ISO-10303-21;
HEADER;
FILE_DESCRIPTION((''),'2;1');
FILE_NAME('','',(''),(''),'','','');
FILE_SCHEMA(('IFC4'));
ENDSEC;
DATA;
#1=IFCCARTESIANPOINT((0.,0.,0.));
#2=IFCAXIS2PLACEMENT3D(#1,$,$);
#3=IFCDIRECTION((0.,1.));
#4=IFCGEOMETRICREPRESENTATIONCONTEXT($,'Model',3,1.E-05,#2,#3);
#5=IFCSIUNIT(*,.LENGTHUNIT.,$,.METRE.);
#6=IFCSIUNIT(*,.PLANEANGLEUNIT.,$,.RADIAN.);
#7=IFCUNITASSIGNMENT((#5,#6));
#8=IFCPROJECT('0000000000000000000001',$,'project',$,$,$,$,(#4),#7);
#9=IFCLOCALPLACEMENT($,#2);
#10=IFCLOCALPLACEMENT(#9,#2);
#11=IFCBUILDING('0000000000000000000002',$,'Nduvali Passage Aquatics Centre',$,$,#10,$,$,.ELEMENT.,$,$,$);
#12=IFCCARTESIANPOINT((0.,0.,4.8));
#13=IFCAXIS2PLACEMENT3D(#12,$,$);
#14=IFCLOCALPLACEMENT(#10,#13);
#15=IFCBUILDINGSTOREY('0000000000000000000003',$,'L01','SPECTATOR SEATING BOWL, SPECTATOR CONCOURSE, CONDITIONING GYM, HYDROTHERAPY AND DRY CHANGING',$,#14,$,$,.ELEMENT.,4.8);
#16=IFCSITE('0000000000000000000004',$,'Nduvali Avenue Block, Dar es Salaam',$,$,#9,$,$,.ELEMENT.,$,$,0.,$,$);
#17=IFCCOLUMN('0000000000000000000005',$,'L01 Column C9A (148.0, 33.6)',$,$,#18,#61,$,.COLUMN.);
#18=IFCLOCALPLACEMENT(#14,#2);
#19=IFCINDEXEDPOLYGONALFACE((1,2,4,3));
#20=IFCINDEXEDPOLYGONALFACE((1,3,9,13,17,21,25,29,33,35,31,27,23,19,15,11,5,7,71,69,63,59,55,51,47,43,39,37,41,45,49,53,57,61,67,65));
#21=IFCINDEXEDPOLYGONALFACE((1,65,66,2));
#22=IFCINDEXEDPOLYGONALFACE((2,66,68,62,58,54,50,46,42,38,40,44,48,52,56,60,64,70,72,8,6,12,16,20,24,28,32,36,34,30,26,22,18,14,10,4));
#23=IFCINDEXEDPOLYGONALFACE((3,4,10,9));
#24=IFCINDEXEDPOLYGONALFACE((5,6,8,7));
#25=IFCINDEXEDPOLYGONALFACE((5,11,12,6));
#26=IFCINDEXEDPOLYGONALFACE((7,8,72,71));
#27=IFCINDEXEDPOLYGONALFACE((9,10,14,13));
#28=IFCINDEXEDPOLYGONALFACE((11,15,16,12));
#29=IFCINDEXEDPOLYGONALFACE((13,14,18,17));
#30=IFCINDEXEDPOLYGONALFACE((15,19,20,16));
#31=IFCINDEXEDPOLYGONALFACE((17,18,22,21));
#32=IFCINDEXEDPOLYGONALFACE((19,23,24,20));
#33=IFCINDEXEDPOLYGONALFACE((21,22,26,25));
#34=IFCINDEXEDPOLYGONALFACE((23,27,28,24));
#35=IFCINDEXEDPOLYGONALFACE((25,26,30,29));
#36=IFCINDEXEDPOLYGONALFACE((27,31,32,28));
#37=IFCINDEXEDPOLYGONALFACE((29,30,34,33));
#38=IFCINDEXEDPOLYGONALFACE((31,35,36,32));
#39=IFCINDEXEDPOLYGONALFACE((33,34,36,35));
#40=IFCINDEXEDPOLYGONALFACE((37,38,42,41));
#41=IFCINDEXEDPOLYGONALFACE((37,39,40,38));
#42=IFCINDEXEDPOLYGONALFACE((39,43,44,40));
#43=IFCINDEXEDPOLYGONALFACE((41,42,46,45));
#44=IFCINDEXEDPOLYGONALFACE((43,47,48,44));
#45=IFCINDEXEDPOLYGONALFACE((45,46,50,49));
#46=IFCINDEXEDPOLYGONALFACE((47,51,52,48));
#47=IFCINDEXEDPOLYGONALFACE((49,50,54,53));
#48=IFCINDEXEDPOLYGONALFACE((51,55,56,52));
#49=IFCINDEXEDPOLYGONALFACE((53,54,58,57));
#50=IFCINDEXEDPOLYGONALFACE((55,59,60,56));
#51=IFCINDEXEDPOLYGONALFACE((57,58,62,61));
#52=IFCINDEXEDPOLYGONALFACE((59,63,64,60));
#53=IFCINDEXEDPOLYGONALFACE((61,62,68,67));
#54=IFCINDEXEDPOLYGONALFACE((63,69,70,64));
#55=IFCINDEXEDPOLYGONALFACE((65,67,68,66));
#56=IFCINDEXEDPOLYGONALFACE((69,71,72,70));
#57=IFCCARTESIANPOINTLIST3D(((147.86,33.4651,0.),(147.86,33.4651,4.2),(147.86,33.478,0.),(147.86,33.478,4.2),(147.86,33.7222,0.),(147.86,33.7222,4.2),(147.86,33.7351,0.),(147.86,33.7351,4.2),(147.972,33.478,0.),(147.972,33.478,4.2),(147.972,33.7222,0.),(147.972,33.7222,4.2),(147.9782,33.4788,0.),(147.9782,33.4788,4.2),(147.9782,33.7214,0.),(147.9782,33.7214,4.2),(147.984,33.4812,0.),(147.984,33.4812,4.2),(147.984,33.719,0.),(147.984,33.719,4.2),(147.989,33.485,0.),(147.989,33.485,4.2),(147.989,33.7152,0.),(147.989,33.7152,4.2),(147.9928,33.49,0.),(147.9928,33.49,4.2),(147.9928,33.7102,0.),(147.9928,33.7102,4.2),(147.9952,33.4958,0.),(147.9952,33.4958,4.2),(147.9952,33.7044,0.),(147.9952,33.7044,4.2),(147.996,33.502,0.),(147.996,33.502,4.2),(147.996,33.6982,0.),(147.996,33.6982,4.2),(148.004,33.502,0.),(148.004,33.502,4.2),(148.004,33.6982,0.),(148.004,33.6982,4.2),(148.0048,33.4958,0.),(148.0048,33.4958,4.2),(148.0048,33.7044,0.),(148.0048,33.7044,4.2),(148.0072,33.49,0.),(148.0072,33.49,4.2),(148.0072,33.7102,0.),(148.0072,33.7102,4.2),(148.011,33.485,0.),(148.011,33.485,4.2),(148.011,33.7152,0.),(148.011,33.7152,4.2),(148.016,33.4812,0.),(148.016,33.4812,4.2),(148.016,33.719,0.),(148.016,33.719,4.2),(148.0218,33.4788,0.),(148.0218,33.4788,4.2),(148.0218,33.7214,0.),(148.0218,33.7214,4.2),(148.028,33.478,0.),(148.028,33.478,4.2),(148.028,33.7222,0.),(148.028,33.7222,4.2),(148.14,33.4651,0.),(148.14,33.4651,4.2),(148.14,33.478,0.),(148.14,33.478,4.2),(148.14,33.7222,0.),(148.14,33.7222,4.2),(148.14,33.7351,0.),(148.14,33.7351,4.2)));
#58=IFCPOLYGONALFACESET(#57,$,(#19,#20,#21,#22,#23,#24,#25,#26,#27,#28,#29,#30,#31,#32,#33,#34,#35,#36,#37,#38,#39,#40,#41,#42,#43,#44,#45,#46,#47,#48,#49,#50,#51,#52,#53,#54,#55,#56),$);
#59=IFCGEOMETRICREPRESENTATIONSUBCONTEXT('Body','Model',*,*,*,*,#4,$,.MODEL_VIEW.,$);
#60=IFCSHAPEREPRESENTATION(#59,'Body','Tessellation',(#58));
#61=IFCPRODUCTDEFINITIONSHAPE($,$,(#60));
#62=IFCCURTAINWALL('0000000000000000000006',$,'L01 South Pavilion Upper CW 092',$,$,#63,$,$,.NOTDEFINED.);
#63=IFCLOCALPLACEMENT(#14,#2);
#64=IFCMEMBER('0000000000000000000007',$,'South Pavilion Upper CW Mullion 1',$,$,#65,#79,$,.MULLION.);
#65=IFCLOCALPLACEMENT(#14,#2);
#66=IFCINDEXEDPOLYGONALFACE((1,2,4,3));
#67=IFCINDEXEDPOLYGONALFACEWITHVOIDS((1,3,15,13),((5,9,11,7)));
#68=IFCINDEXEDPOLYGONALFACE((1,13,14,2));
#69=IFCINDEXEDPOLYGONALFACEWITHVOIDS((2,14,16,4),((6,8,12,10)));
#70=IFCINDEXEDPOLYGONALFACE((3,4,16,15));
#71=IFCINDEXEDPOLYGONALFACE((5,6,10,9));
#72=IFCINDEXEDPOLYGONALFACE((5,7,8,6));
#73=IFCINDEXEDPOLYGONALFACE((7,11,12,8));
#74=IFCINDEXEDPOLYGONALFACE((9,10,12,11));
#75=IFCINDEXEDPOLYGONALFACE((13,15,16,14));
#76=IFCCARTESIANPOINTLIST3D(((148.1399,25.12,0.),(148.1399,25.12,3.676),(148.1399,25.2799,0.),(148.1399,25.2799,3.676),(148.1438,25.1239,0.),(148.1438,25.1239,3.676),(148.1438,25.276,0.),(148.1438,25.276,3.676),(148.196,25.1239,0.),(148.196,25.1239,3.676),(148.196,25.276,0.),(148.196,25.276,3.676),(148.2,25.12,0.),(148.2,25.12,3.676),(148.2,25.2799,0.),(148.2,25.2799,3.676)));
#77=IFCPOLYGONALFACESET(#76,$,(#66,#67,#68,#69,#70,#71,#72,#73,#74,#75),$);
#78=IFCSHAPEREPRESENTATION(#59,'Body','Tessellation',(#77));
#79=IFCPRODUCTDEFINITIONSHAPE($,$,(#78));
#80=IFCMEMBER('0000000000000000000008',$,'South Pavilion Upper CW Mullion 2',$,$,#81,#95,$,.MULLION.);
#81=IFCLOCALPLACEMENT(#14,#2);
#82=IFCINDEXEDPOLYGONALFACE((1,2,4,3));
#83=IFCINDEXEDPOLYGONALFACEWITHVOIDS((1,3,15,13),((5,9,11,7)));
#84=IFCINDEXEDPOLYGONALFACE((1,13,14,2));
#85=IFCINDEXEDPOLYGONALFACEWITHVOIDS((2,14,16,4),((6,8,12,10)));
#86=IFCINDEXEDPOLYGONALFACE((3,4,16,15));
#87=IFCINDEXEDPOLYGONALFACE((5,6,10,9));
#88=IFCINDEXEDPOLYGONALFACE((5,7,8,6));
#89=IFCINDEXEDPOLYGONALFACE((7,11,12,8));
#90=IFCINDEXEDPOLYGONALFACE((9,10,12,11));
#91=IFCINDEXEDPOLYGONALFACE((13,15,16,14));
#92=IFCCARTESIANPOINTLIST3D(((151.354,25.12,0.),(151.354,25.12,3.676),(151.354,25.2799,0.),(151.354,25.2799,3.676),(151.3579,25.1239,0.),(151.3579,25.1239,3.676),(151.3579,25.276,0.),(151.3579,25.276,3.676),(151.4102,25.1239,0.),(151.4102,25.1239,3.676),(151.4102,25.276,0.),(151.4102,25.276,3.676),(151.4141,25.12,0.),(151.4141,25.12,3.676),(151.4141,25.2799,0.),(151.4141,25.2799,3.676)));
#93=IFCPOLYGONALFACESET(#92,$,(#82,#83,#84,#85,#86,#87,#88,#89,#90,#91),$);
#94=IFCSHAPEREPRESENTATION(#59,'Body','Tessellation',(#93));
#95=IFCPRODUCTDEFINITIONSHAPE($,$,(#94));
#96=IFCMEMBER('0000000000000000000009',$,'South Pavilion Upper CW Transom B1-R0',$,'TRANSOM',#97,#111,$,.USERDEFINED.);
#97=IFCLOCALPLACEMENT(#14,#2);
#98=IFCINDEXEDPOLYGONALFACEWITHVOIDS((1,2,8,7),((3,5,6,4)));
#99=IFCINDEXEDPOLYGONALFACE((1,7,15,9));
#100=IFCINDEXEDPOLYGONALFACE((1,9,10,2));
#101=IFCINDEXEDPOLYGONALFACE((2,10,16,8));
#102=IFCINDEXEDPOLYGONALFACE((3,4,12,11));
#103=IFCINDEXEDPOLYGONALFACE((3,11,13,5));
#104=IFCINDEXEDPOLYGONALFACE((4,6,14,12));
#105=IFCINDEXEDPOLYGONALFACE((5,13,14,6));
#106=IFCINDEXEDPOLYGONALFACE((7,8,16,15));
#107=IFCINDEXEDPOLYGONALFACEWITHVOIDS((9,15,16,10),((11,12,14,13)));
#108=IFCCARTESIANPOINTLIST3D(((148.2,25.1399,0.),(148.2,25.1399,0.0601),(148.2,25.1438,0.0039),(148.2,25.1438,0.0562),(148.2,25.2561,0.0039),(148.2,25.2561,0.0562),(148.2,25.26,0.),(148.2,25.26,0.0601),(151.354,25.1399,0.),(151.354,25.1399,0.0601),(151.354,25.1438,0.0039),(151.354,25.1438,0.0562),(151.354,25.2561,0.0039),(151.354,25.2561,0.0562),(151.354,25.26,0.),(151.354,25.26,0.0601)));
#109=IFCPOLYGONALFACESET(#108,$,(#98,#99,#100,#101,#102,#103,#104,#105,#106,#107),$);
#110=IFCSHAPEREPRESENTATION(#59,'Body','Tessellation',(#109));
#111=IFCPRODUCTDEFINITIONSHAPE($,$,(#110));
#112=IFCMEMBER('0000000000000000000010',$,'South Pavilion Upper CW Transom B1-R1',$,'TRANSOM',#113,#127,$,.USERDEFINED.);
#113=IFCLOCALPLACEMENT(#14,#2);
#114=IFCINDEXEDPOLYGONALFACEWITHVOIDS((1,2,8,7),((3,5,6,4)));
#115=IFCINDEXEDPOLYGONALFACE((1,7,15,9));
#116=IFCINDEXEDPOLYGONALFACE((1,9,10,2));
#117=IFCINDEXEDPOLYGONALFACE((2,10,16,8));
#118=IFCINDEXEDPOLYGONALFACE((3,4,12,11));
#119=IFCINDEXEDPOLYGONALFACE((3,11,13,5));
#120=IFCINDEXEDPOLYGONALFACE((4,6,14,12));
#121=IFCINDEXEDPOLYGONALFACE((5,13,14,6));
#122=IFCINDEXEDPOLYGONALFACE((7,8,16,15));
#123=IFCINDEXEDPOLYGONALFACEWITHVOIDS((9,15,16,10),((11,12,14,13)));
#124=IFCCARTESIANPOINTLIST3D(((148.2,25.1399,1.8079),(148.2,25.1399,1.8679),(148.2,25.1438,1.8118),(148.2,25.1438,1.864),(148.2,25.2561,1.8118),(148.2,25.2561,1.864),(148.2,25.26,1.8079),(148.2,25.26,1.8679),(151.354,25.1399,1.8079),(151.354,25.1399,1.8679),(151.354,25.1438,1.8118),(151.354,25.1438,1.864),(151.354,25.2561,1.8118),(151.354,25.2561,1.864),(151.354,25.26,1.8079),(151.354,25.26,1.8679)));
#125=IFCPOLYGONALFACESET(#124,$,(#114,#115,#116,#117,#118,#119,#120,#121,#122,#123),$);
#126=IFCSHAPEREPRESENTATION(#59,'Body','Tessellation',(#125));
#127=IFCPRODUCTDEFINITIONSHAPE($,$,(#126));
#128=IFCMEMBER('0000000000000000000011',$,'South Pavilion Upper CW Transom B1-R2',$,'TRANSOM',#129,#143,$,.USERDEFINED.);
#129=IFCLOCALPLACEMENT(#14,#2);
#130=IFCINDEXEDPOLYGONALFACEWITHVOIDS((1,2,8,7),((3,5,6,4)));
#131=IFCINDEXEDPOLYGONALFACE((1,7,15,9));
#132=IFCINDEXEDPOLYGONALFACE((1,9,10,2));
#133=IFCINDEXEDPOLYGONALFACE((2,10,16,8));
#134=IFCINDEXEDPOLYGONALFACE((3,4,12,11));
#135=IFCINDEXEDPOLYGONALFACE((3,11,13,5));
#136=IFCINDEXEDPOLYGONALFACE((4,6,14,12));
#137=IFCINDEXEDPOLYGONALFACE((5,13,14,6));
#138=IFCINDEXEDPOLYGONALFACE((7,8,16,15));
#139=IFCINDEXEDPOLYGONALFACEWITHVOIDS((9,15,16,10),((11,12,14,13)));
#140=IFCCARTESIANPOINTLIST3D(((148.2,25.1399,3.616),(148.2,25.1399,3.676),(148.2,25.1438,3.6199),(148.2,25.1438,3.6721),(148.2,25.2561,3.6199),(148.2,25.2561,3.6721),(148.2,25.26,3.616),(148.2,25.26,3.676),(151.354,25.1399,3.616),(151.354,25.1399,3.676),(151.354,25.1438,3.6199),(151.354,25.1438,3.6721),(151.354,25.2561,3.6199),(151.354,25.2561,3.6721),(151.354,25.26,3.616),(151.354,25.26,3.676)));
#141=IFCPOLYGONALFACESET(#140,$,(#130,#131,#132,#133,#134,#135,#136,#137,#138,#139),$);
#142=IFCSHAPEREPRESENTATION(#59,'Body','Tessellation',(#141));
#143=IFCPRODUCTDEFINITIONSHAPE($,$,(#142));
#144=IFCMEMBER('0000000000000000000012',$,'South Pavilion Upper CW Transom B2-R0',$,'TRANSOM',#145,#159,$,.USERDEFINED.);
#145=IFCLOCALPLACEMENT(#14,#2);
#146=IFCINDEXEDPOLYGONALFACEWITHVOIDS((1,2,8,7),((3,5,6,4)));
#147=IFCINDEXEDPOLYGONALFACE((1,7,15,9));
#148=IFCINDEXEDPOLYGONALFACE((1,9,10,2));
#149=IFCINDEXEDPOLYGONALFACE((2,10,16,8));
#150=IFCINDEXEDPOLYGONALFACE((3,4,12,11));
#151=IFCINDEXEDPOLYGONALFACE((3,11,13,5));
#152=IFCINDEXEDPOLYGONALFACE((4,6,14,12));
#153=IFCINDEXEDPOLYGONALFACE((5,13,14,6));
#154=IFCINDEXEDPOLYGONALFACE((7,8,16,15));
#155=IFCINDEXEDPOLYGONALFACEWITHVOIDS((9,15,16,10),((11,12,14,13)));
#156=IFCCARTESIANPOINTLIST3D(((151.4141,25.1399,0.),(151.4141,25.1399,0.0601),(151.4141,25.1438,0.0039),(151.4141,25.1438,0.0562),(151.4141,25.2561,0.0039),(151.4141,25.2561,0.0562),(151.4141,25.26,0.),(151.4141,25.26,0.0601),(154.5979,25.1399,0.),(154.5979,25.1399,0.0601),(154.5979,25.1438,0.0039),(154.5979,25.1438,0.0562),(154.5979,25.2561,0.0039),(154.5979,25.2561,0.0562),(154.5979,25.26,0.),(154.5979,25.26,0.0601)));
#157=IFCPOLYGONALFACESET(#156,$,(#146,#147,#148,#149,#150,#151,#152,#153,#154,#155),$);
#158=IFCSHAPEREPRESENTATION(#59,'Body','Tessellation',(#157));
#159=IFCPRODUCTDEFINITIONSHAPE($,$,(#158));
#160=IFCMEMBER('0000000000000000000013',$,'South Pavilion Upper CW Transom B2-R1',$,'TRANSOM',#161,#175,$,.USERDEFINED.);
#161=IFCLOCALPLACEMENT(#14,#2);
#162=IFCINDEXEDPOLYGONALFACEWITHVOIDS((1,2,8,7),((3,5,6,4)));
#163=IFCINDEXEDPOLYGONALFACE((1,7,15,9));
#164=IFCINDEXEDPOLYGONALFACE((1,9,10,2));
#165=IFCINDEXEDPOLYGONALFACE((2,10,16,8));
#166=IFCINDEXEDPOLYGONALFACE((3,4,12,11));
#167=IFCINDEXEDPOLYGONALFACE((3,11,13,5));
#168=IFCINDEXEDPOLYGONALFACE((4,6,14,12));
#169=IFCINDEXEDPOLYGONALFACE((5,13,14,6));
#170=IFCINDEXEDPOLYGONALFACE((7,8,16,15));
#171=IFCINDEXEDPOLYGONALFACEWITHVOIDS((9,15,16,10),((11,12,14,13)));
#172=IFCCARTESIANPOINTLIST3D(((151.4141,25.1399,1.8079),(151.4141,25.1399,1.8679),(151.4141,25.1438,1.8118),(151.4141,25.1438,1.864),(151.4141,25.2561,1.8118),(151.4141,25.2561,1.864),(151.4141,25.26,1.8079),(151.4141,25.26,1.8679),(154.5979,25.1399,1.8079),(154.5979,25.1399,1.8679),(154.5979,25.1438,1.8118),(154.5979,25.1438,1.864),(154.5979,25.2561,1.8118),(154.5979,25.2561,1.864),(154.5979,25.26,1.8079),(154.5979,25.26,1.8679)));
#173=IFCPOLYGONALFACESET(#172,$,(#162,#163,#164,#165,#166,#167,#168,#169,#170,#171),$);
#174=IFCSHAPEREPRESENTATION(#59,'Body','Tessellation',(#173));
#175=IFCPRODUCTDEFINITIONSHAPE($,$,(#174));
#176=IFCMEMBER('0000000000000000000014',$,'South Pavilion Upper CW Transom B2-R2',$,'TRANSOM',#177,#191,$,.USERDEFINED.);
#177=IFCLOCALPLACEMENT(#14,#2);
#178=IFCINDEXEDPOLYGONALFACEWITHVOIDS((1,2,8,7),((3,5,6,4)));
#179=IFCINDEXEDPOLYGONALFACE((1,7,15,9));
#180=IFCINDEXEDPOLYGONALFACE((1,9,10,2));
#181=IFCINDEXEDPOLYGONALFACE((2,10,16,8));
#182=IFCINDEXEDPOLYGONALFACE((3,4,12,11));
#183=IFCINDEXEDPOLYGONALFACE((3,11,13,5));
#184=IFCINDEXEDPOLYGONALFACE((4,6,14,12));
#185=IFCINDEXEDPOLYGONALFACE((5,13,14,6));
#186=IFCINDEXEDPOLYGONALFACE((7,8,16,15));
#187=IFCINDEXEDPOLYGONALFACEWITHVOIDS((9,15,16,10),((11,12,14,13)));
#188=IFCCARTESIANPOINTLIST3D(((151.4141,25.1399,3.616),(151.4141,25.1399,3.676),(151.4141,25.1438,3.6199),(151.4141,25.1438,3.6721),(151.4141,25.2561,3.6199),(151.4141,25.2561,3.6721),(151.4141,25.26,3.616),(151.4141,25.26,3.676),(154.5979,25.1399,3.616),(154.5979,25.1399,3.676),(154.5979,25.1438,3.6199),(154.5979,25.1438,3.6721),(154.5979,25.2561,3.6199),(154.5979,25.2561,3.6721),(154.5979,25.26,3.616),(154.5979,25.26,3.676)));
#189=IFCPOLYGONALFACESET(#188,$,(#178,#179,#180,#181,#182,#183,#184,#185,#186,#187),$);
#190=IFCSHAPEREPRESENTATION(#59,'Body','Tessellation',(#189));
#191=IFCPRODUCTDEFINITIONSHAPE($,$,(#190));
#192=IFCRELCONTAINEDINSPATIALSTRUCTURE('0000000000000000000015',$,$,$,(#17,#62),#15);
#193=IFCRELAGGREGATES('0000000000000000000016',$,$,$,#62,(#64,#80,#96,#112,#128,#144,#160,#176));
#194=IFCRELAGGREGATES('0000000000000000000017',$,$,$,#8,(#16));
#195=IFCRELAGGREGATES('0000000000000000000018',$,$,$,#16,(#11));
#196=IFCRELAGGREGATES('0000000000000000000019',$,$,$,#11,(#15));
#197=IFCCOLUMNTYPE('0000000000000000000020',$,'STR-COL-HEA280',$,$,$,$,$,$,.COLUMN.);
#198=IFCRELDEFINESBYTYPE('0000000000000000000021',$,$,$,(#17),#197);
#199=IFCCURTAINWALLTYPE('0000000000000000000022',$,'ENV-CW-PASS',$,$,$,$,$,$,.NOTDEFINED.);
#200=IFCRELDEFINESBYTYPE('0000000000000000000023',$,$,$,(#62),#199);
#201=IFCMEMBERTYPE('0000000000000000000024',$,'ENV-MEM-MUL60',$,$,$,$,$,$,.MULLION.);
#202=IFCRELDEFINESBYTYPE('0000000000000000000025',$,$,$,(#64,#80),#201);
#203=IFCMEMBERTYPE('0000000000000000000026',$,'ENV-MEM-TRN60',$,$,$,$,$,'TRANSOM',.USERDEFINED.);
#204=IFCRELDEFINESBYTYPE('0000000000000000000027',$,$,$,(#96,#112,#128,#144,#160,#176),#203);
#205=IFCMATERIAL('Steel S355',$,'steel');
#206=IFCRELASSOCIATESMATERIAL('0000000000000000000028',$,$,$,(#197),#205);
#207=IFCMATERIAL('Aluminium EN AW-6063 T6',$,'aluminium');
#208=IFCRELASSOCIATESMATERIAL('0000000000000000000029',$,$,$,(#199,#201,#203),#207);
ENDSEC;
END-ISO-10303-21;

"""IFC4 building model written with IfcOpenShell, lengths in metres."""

from ifc_helpers import new_model, si_unit, direction, frame, origin, origin_2d, place, context, subcontext, project, spatial, hollow_rectangle, i_section, extrude, material, material_profile, profile_set, type_object, element, aggregate, save


model = new_model("IFC4")

# Units and contexts
model_context = context("Model", 3, precision=1e-05, world=origin(), true_north=direction((0.0, 1.0)))
body_context = subcontext(model_context, "Body", "Model", "MODEL_VIEW")
ifc_project = project(units=[si_unit("LENGTHUNIT", "METRE"), si_unit("PLANEANGLEUNIT", "RADIAN")], contexts=[model_context])

# Site, building, storey
site_placement = place(None, origin())
site = spatial("IfcSite", under=ifc_project, at=site_placement, Name="Nduvali Avenue Block, Dar es Salaam", CompositionType="ELEMENT", RefElevation=0.0)
building_placement = place(site_placement, origin())
building = spatial("IfcBuilding", under=site, at=building_placement, Name="Nduvali Passage Aquatics Centre", CompositionType="ELEMENT")
storey_placement = place(building_placement, frame((0.0, 0.0, 4.8)))
storey = spatial("IfcBuildingStorey", under=building, at=storey_placement, Name="L01", Description="SPECTATOR SEATING BOWL, SPECTATOR CONCOURSE, CONDITIONING GYM, HYDROTHERAPY AND DRY CHANGING", CompositionType="ELEMENT", Elevation=4.8)

# Column
ifc_material_1 = material(Name="Steel S355", Category="steel")
ifc_material_profile_1 = material_profile(ifc_material_1, i_section(OverallWidth=0.28, OverallDepth=0.27, WebThickness=0.0081, FlangeThickness=0.0129, FilletRadius=0.0239, at=origin_2d()), Name="HEA 280")
ifc_profile_set_1 = profile_set([ifc_material_profile_1], Name="Steel S355")
column_type = type_object("IfcColumnType", Name="STR-COL-HEA280", PredefinedType="COLUMN", material=ifc_profile_set_1)
column_placement = place(storey_placement, frame((148.0, 33.6001, 0.0), z_axis=(0.0, 0.0, 1.0), x_axis=(1.0, 0.0, 0.0)))
element("IfcColumn", 1, at=column_placement, inside=storey, type_object=column_type, Name="L01 Column C9A (148.0, 33.6)", PredefinedType="COLUMN", context=body_context, shape_type="SweptSolid", body=[
    extrude(i_section(OverallWidth=0.28, OverallDepth=0.27, WebThickness=0.0081, FlangeThickness=0.0129, FilletRadius=0.0239, at=origin_2d()), origin(), (0.0, 0.0, 1.0), 4.2),
])

# Curtain wall, members
ifc_material_2 = material(Name="Aluminium EN AW-6063 T6", Category="aluminium")
curtain_wall_type = type_object("IfcCurtainWallType", Name="ENV-CW-PASS", PredefinedType="NOTDEFINED", material=ifc_material_2)
curtain_wall_placement = place(storey_placement, origin())
curtain_wall = element("IfcCurtainWall", 2, at=curtain_wall_placement, inside=storey, type_object=curtain_wall_type, Name="L01 South Pavilion Upper CW 092", PredefinedType="NOTDEFINED")
ifc_material_profile_2 = material_profile(ifc_material_2, hollow_rectangle(XDim=0.0601, YDim=0.1599, WallThickness=0.0039, at=origin_2d()), Name="ALU MULLION 60x160x4")
ifc_profile_set_2 = profile_set([ifc_material_profile_2], Name="Aluminium EN AW-6063 T6")
member_type_1 = type_object("IfcMemberType", Name="ENV-MEM-MUL60", PredefinedType="MULLION", material=ifc_profile_set_2)
member_1_placement = place(storey_placement, frame((148.1699, 25.2, 0.0), z_axis=(0.0, 0.0, 1.0), x_axis=(1.0, 0.0, 0.0)))
member_1 = element("IfcMember", 3, at=member_1_placement, type_object=member_type_1, Name="South Pavilion Upper CW Mullion 1", PredefinedType="MULLION", context=body_context, shape_type="SweptSolid", body=[
    extrude(hollow_rectangle(XDim=0.0601, YDim=0.1599, WallThickness=0.0039, at=origin_2d()), origin(), (0.0, 0.0, 1.0), 3.676),
])
member_2_placement = place(storey_placement, frame((151.384, 25.2, 0.0), z_axis=(0.0, 0.0, 1.0), x_axis=(1.0, 0.0, 0.0)))
member_2 = element("IfcMember", 4, at=member_2_placement, type_object=member_type_1, Name="South Pavilion Upper CW Mullion 2", PredefinedType="MULLION", context=body_context, shape_type="SweptSolid", body=[
    extrude(hollow_rectangle(XDim=0.0601, YDim=0.1599, WallThickness=0.0039, at=origin_2d()), origin(), (0.0, 0.0, 1.0), 3.676),
])
ifc_material_profile_3 = material_profile(ifc_material_2, hollow_rectangle(XDim=0.1201, YDim=0.0601, WallThickness=0.0039, at=origin_2d()), Name="ALU TRANSOM 120x60x4")
ifc_profile_set_3 = profile_set([ifc_material_profile_3], Name="Aluminium EN AW-6063 T6")
member_type_2 = type_object("IfcMemberType", Name="ENV-MEM-TRN60", ElementType="TRANSOM", PredefinedType="USERDEFINED", material=ifc_profile_set_3)
member_3_placement = place(storey_placement, frame((148.2, 25.2, 0.03), z_axis=(1.0, 0.0, 0.0), x_axis=(0.0, 1.0, 0.0)))
member_3 = element("IfcMember", 5, at=member_3_placement, type_object=member_type_2, Name="South Pavilion Upper CW Transom B1-R0", ObjectType="TRANSOM", PredefinedType="USERDEFINED", context=body_context, shape_type="SweptSolid", body=[
    extrude(hollow_rectangle(XDim=0.1201, YDim=0.0601, WallThickness=0.0039, at=origin_2d()), origin(), (0.0, 0.0, 1.0), 3.1541),
])
member_4_placement = place(storey_placement, frame((148.2, 25.2, 1.8379), z_axis=(1.0, 0.0, 0.0), x_axis=(0.0, 1.0, 0.0)))
member_4 = element("IfcMember", 6, at=member_4_placement, type_object=member_type_2, Name="South Pavilion Upper CW Transom B1-R1", ObjectType="TRANSOM", PredefinedType="USERDEFINED", context=body_context, shape_type="SweptSolid", body=[
    extrude(hollow_rectangle(XDim=0.1201, YDim=0.0601, WallThickness=0.0039, at=origin_2d()), origin(), (0.0, 0.0, 1.0), 3.1541),
])
member_5_placement = place(storey_placement, frame((148.2, 25.2, 3.646), z_axis=(1.0, 0.0, 0.0), x_axis=(0.0, 1.0, 0.0)))
member_5 = element("IfcMember", 7, at=member_5_placement, type_object=member_type_2, Name="South Pavilion Upper CW Transom B1-R2", ObjectType="TRANSOM", PredefinedType="USERDEFINED", context=body_context, shape_type="SweptSolid", body=[
    extrude(hollow_rectangle(XDim=0.1201, YDim=0.0601, WallThickness=0.0039, at=origin_2d()), origin(), (0.0, 0.0, 1.0), 3.1541),
])
member_6_placement = place(storey_placement, frame((151.4141, 25.2, 0.03), z_axis=(1.0, 0.0, 0.0), x_axis=(0.0, 1.0, 0.0)))
member_6 = element("IfcMember", 8, at=member_6_placement, type_object=member_type_2, Name="South Pavilion Upper CW Transom B2-R0", ObjectType="TRANSOM", PredefinedType="USERDEFINED", context=body_context, shape_type="SweptSolid", body=[
    extrude(hollow_rectangle(XDim=0.1201, YDim=0.0601, WallThickness=0.0039, at=origin_2d()), origin(), (0.0, 0.0, 1.0), 3.1838),
])
member_7_placement = place(storey_placement, frame((151.4141, 25.2, 1.8379), z_axis=(1.0, 0.0, 0.0), x_axis=(0.0, 1.0, 0.0)))
member_7 = element("IfcMember", 9, at=member_7_placement, type_object=member_type_2, Name="South Pavilion Upper CW Transom B2-R1", ObjectType="TRANSOM", PredefinedType="USERDEFINED", context=body_context, shape_type="SweptSolid", body=[
    extrude(hollow_rectangle(XDim=0.1201, YDim=0.0601, WallThickness=0.0039, at=origin_2d()), origin(), (0.0, 0.0, 1.0), 3.1838),
])
member_8_placement = place(storey_placement, frame((151.4141, 25.2, 3.646), z_axis=(1.0, 0.0, 0.0), x_axis=(0.0, 1.0, 0.0)))
member_8 = element("IfcMember", 10, at=member_8_placement, type_object=member_type_2, Name="South Pavilion Upper CW Transom B2-R2", ObjectType="TRANSOM", PredefinedType="USERDEFINED", context=body_context, shape_type="SweptSolid", body=[
    extrude(hollow_rectangle(XDim=0.1201, YDim=0.0601, WallThickness=0.0039, at=origin_2d()), origin(), (0.0, 0.0, 1.0), 3.1838),
])

aggregate(curtain_wall, [member_1, member_2, member_3, member_4, member_5, member_6, member_7, member_8])

save(model, "model.ifc")
